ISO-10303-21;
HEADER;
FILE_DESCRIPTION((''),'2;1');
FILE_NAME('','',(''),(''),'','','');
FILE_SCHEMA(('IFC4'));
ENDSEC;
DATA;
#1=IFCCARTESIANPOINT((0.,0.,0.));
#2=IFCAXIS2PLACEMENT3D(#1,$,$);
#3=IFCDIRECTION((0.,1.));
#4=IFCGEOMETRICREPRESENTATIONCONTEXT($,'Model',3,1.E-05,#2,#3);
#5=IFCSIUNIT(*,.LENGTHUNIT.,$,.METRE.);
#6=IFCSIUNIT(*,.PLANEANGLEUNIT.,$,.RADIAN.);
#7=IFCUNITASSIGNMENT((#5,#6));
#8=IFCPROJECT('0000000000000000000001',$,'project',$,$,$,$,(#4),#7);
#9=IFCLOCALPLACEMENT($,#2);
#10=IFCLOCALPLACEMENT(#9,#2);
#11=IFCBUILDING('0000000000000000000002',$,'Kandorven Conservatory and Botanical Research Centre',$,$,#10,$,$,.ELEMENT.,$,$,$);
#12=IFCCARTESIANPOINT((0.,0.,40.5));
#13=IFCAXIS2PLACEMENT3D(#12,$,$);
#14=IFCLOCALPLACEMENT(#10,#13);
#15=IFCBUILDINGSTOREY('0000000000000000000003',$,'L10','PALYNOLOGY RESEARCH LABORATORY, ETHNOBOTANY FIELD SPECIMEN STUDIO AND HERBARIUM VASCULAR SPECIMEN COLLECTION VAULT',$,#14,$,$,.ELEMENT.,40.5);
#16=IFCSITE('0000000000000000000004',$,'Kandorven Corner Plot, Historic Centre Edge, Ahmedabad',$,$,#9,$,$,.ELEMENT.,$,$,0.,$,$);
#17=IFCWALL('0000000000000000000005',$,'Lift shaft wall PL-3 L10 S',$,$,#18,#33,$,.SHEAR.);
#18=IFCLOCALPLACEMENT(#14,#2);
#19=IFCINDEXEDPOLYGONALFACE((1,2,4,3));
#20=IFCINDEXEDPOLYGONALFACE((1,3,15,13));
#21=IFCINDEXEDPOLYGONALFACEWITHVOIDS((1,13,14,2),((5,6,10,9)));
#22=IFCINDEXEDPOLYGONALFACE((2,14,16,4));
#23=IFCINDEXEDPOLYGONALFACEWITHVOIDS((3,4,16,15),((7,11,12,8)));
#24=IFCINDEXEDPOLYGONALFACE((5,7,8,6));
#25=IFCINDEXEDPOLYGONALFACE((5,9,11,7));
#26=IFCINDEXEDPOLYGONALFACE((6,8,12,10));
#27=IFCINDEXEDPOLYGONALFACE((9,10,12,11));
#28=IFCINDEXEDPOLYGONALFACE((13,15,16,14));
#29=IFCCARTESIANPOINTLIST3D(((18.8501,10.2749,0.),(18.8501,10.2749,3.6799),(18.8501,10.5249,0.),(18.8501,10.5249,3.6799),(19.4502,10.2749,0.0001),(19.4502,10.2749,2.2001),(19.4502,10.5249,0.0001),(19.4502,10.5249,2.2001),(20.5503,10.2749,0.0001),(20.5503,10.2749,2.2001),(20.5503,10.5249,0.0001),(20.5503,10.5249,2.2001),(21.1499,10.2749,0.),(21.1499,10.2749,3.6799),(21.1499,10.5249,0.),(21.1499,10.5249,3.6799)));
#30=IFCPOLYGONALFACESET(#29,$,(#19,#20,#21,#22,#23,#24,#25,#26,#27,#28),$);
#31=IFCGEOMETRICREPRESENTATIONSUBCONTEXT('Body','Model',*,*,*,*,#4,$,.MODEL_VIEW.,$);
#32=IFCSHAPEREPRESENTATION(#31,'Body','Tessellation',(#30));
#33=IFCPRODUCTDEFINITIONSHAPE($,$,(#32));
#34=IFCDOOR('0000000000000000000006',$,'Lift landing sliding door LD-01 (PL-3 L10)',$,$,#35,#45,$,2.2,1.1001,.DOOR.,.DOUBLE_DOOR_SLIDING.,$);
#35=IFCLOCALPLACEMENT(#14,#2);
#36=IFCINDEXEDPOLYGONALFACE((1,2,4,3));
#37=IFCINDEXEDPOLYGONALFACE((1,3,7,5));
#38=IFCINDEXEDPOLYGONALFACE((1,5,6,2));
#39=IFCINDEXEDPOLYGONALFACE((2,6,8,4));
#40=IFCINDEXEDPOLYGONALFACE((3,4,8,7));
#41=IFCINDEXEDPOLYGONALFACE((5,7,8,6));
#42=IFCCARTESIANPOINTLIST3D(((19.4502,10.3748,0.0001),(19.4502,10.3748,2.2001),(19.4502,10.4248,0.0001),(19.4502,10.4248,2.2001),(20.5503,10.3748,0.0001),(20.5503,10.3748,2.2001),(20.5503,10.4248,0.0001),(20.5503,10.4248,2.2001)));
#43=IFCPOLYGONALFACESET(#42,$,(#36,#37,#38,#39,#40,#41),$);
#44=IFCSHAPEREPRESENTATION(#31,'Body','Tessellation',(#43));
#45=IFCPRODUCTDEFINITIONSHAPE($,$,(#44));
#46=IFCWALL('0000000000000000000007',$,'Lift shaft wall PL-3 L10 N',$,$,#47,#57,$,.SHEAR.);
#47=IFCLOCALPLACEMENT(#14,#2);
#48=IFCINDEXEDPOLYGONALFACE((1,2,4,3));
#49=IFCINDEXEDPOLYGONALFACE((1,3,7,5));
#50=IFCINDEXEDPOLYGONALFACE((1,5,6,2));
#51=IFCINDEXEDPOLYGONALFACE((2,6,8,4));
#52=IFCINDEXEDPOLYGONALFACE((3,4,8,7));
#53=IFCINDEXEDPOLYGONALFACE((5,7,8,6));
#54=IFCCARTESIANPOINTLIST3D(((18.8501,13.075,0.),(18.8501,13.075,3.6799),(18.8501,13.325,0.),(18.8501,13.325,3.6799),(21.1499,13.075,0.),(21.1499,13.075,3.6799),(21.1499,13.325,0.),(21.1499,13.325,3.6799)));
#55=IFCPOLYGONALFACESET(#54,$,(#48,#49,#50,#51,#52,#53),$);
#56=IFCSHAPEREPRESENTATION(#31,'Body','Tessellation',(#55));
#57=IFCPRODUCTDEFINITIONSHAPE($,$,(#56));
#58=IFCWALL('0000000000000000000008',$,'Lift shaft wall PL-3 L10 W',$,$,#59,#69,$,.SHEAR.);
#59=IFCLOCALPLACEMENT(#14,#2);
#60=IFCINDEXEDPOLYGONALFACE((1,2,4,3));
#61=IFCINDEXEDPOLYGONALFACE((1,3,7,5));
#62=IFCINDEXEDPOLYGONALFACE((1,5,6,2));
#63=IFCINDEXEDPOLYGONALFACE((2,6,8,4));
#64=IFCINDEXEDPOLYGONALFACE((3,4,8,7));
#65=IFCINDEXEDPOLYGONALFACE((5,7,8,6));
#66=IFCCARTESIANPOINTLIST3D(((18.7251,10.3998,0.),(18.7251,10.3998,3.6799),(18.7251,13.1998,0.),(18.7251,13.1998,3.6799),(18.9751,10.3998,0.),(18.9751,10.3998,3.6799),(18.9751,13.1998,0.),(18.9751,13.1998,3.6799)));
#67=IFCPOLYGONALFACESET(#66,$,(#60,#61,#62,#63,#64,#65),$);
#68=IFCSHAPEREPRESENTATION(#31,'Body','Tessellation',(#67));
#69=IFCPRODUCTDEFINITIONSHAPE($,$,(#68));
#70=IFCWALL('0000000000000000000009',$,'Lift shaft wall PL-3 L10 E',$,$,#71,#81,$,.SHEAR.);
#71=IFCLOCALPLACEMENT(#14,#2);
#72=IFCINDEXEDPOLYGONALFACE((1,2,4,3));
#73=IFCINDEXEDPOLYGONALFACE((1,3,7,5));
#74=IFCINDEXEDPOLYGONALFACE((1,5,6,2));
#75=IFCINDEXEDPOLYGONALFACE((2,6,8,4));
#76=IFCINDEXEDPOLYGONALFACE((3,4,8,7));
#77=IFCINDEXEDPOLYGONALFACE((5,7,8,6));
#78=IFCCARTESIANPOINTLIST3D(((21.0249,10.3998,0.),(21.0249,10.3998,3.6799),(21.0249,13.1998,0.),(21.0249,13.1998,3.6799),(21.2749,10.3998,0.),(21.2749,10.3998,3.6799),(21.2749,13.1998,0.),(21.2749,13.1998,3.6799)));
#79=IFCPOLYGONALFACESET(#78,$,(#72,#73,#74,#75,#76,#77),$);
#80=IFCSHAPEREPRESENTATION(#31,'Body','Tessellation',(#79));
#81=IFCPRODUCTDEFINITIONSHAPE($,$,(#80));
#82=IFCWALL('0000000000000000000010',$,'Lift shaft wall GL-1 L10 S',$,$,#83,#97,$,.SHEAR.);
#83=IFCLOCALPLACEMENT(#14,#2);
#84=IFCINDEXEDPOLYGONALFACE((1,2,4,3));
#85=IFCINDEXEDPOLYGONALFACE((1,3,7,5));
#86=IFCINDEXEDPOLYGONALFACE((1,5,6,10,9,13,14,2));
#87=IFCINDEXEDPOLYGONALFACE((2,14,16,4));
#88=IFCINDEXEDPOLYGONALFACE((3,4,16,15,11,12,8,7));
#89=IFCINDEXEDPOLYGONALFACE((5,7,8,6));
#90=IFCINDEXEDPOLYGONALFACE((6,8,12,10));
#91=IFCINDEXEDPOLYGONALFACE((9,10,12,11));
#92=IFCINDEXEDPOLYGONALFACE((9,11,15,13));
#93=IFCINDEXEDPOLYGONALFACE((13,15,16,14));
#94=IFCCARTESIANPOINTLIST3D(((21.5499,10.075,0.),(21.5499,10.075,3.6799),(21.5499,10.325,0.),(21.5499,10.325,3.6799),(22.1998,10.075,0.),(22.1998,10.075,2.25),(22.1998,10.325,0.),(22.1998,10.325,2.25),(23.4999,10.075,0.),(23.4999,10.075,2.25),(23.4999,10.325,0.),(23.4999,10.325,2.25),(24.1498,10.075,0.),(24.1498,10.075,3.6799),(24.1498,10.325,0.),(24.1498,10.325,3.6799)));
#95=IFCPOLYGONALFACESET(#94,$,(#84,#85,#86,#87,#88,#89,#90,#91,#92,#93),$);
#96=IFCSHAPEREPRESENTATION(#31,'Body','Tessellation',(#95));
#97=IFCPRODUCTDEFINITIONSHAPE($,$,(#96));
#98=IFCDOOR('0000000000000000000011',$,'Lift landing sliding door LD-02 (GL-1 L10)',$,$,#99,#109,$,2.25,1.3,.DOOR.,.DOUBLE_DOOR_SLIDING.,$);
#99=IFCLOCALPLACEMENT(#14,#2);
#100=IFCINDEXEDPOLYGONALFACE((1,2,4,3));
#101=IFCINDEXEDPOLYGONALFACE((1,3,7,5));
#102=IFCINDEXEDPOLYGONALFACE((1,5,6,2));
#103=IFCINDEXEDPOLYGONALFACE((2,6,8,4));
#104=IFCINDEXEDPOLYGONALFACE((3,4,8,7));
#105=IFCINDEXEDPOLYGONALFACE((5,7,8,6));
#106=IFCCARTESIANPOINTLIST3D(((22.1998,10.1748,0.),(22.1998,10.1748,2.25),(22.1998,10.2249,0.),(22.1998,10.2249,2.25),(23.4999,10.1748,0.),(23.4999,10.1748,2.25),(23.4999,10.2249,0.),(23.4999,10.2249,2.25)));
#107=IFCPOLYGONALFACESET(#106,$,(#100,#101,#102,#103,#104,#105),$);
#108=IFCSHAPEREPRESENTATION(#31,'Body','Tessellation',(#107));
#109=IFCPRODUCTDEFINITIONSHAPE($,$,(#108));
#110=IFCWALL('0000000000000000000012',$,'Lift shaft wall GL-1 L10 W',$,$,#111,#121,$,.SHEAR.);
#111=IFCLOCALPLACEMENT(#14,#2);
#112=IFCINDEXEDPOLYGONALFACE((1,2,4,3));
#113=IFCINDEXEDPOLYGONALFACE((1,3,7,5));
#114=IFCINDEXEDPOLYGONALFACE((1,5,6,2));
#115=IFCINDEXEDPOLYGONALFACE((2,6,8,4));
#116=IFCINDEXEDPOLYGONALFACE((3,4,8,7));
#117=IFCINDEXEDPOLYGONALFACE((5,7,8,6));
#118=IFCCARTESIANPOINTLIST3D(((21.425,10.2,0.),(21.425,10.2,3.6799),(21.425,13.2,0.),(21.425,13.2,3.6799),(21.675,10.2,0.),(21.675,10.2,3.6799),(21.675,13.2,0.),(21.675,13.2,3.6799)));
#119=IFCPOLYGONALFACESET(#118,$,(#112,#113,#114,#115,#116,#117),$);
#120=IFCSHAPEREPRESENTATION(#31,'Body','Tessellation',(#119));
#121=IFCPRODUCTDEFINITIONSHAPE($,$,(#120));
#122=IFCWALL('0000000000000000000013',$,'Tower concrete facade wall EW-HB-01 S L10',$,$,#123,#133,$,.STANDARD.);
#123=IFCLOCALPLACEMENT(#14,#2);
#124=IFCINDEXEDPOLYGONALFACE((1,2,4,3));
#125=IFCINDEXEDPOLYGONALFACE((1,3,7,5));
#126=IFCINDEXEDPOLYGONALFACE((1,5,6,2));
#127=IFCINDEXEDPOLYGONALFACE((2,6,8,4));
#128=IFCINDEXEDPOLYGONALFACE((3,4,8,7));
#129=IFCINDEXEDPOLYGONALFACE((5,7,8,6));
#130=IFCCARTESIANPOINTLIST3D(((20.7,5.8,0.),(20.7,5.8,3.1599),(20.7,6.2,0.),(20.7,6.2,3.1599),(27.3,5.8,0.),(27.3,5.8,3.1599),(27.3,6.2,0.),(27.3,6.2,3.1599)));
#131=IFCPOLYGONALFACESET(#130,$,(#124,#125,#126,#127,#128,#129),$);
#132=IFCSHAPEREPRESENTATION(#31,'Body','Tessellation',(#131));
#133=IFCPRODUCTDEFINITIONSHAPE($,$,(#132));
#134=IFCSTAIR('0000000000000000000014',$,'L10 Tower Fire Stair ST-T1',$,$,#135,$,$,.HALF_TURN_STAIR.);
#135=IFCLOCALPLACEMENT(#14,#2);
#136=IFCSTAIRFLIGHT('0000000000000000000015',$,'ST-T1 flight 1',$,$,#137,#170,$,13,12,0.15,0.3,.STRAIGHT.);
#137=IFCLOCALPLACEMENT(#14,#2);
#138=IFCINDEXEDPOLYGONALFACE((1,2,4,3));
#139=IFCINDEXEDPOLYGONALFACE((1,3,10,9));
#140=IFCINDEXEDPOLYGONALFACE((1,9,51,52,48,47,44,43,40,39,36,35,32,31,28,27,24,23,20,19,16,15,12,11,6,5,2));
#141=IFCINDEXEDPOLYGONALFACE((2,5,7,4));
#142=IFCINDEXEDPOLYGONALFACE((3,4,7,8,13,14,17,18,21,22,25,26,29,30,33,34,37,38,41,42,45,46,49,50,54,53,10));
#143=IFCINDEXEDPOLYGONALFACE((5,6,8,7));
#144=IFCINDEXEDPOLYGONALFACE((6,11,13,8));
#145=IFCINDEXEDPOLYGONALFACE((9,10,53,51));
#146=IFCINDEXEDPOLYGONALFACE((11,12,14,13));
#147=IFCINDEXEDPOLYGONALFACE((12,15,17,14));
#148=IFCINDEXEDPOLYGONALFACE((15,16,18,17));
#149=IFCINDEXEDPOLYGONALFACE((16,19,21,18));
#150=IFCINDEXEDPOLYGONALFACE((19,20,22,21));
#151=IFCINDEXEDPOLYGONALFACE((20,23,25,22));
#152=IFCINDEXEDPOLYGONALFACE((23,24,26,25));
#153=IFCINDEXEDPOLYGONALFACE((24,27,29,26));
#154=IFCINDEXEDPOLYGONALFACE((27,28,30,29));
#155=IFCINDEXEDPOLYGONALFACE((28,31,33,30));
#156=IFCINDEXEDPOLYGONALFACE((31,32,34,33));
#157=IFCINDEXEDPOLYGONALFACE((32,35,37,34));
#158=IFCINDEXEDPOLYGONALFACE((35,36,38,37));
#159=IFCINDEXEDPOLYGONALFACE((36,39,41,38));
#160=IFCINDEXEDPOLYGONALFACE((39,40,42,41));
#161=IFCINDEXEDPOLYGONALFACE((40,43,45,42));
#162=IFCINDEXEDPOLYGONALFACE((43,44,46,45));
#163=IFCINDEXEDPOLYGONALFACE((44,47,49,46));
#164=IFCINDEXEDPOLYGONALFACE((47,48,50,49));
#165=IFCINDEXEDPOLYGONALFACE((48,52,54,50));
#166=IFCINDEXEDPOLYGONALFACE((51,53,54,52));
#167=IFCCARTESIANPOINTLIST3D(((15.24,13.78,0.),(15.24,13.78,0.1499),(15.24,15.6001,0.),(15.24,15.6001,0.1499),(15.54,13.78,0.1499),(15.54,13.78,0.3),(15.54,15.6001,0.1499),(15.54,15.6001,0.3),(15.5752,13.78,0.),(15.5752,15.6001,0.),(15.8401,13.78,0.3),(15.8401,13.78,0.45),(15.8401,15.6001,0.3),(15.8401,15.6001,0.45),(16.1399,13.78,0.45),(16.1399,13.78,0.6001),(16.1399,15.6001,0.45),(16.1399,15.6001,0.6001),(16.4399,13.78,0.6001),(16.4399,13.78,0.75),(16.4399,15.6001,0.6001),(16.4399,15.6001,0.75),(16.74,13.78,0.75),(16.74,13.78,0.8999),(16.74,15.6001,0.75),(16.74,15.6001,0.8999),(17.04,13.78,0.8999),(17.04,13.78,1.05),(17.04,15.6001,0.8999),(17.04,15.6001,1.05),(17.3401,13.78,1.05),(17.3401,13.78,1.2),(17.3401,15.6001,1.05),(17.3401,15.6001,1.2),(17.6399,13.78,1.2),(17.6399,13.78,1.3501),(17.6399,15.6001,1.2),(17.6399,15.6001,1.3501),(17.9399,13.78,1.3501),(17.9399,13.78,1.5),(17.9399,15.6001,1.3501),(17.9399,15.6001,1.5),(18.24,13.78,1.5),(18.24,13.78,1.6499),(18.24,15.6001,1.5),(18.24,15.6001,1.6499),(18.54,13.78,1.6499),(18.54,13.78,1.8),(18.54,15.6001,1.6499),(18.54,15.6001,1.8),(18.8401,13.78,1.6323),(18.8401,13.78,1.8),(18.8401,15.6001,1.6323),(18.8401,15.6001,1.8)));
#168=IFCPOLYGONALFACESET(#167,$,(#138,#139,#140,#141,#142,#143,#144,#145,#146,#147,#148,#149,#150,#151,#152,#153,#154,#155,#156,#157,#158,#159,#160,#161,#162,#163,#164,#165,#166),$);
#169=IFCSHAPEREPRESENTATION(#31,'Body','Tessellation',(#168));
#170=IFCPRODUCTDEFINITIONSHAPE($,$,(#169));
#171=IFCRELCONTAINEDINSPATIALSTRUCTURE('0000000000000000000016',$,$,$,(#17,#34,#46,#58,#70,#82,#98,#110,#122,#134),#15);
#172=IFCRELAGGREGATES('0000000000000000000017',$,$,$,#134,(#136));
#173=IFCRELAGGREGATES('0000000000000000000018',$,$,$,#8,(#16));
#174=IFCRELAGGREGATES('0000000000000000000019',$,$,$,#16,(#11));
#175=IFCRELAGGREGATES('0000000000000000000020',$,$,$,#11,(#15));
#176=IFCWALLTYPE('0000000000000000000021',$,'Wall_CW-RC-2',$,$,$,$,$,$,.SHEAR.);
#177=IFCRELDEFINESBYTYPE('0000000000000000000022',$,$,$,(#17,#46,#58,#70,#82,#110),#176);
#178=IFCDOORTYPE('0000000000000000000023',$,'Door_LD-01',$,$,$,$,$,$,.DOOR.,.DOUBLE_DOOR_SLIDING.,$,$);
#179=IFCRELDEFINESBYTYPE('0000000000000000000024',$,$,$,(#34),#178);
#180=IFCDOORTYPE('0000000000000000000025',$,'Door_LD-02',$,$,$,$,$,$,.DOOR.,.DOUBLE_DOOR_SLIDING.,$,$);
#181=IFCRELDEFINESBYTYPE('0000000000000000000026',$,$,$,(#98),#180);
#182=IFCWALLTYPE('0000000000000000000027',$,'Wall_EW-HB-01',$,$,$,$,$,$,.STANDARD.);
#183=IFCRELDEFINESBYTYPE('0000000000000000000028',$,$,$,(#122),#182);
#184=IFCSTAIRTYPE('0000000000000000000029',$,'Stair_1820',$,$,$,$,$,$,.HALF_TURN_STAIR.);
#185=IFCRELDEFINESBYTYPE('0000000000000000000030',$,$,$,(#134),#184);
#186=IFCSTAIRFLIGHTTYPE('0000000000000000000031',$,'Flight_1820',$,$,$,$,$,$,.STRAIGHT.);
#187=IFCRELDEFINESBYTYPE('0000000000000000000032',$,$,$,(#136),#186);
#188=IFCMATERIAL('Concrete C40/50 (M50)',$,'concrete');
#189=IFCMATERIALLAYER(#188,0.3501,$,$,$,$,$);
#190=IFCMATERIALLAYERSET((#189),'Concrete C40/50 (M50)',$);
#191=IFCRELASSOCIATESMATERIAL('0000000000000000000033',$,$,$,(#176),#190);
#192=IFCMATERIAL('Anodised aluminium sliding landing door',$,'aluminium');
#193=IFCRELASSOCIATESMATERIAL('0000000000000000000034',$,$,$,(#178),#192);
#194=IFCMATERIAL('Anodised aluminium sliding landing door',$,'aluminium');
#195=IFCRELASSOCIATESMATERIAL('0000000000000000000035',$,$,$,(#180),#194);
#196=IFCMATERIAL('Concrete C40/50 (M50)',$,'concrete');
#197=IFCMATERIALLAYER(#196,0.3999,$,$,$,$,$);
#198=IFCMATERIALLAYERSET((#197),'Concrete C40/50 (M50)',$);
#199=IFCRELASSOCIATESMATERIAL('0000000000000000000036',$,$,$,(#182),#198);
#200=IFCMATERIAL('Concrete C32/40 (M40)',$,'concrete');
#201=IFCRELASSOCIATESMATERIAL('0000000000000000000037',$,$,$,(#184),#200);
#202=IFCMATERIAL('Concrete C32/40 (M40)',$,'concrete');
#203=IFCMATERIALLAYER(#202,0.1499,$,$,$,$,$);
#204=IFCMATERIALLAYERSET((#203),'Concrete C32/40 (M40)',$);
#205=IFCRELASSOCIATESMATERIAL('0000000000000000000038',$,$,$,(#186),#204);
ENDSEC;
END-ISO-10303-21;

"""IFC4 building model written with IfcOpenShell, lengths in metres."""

from ifc_helpers import new_model, si_unit, direction, frame, frame_2d, origin, place, context, subcontext, project, spatial, polyline, rectangle, outline, extrude, material, layer, layer_set, type_object, element, fill, aggregate, save


model = new_model("IFC4")

# Units and contexts
model_context = context("Model", 3, precision=1e-05, world=origin(), true_north=direction((0.0, 1.0)))
body_context = subcontext(model_context, "Body", "Model", "MODEL_VIEW")
ifc_project = project(units=[si_unit("LENGTHUNIT", "METRE"), si_unit("PLANEANGLEUNIT", "RADIAN")], contexts=[model_context])

# Site, building, storey
site_placement = place(None, origin())
site = spatial("IfcSite", under=ifc_project, at=site_placement, Name="Kandorven Corner Plot, Historic Centre Edge, Ahmedabad", CompositionType="ELEMENT", RefElevation=0.0)
building_placement = place(site_placement, origin())
building = spatial("IfcBuilding", under=site, at=building_placement, Name="Kandorven Conservatory and Botanical Research Centre", CompositionType="ELEMENT")
storey_placement = place(building_placement, frame((0.0, 0.0, 40.5)))
storey = spatial("IfcBuildingStorey", under=building, at=storey_placement, Name="L10", Description="PALYNOLOGY RESEARCH LABORATORY, ETHNOBOTANY FIELD SPECIMEN STUDIO AND HERBARIUM VASCULAR SPECIMEN COLLECTION VAULT", CompositionType="ELEMENT", Elevation=40.5)

# Shared definitions
ifc_material_1 = material(Name="Concrete C40/50 (M50)", Category="concrete")
ifc_layer_1 = layer(ifc_material_1, 0.3501)
ifc_layer_set_1 = layer_set([ifc_layer_1], Name="Concrete C40/50 (M50)")
wall_type_1 = type_object("IfcWallType", Name="Wall_CW-RC-2", PredefinedType="SHEAR", material=ifc_layer_set_1)

# Shared definitions
ifc_material_2 = material(Name="Anodised aluminium sliding landing door", Category="aluminium")
door_type_1 = type_object("IfcDoorType", Name="Door_LD-01", OperationType="DOUBLE_DOOR_SLIDING", PredefinedType="DOOR", material=ifc_material_2)

# Wall, opening, door
wall_1_placement = place(storey_placement, frame((18.8501, 10.3999, 0.0), z_axis=(0.0, 0.0, 1.0), x_axis=(1.0, 0.0, 0.0)))
wall_1 = element("IfcWall", 1, at=wall_1_placement, inside=storey, type_object=wall_type_1, Name="Lift shaft wall PL-3 L10 S", PredefinedType="SHEAR", context=body_context, shape_type="SweptSolid", body=[
    extrude(rectangle(XDim=2.2998, YDim=0.25, at=frame_2d((1.1499, 0.0))), origin(), (0.0, 0.0, 1.0), 3.6799),
])
opening_1_placement = place(wall_1_placement, frame((0.6001, 0.0, 0.0)))
opening_1 = element("IfcOpeningElement", 2, at=opening_1_placement, cuts=wall_1, PredefinedType="OPENING", context=body_context, shape_type="SweptSolid", body=[
    extrude(rectangle(XDim=1.1001, YDim=2.2, at=frame_2d((0.55, 1.1001))), frame((0.0, 0.135, 0.0), z_axis=(0.0, -1.0, 0.0), x_axis=(1.0, 0.0, 0.0)), (0.0, 0.0, 1.0), 0.27),
])
door_1_placement = place(opening_1_placement, origin())
door_1 = element("IfcDoor", 3, at=door_1_placement, inside=storey, type_object=door_type_1, Name="Lift landing sliding door LD-01 (PL-3 L10)", OperationType="DOUBLE_DOOR_SLIDING", OverallHeight=2.2, OverallWidth=1.1001, PredefinedType="DOOR", context=body_context, shape_type="SweptSolid", body=[
    extrude(rectangle(XDim=1.1001, YDim=2.2, at=frame_2d((0.55, 1.1001))), frame((0.0, 0.0249, 0.0), z_axis=(0.0, -1.0, 0.0), x_axis=(1.0, 0.0, 0.0)), (0.0, 0.0, 1.0), 0.05),
])
fill(opening_1, door_1)

# Walls
wall_2_placement = place(storey_placement, frame((18.8501, 13.2, 0.0), z_axis=(0.0, 0.0, 1.0), x_axis=(1.0, 0.0, 0.0)))
element("IfcWall", 4, at=wall_2_placement, inside=storey, type_object=wall_type_1, Name="Lift shaft wall PL-3 L10 N", PredefinedType="SHEAR", context=body_context, shape_type="SweptSolid", body=[
    extrude(rectangle(XDim=2.2998, YDim=0.25, at=frame_2d((1.1499, 0.0))), origin(), (0.0, 0.0, 1.0), 3.6799),
])
for number, where, z_axis, x_axis, name in (
    (5, (18.8501, 10.3999, 0.0), (0.0, 0.0, 1.0), (0.0, 1.0, 0.0), "Lift shaft wall PL-3 L10 W"),
    (6, (21.1499, 10.3999, 0.0), (0.0, 0.0, 1.0), (0.0, 1.0, 0.0), "Lift shaft wall PL-3 L10 E"),
):
    element("IfcWall", number, at=place(storey_placement, frame(where, z_axis=z_axis, x_axis=x_axis)), inside=storey, type_object=wall_type_1, Name=name, PredefinedType="SHEAR", context=body_context, shape_type="SweptSolid", body=[
        extrude(rectangle(XDim=2.8, YDim=0.25, at=frame_2d((1.3999, 0.0))), origin(), (0.0, 0.0, 1.0), 3.6799),
    ])

# Wall, opening, door
wall_3_placement = place(storey_placement, frame((21.55, 10.2, 0.0), z_axis=(0.0, 0.0, 1.0), x_axis=(1.0, 0.0, 0.0)))
wall_3 = element("IfcWall", 7, at=wall_3_placement, inside=storey, type_object=wall_type_1, Name="Lift shaft wall GL-1 L10 S", PredefinedType="SHEAR", context=body_context, shape_type="SweptSolid", body=[
    extrude(rectangle(XDim=2.5999, YDim=0.25, at=frame_2d((1.2998, 0.0))), origin(), (0.0, 0.0, 1.0), 3.6799),
])
opening_2_placement = place(wall_3_placement, frame((0.6499, 0.0, 0.0)))
opening_2 = element("IfcOpeningElement", 8, at=opening_2_placement, cuts=wall_3, PredefinedType="OPENING", context=body_context, shape_type="SweptSolid", body=[
    extrude(rectangle(XDim=1.3, YDim=2.25, at=frame_2d((0.6499, 1.125))), frame((0.0, 0.135, 0.0), z_axis=(0.0, -1.0, 0.0), x_axis=(1.0, 0.0, 0.0)), (0.0, 0.0, 1.0), 0.27),
])
ifc_material_3 = material(Name="Anodised aluminium sliding landing door", Category="aluminium")
door_type_2 = type_object("IfcDoorType", Name="Door_LD-02", OperationType="DOUBLE_DOOR_SLIDING", PredefinedType="DOOR", material=ifc_material_3)
door_2_placement = place(opening_2_placement, origin())
door_2 = element("IfcDoor", 9, at=door_2_placement, inside=storey, type_object=door_type_2, Name="Lift landing sliding door LD-02 (GL-1 L10)", OperationType="DOUBLE_DOOR_SLIDING", OverallHeight=2.25, OverallWidth=1.3, PredefinedType="DOOR", context=body_context, shape_type="SweptSolid", body=[
    extrude(rectangle(XDim=1.3, YDim=2.25, at=frame_2d((0.6499, 1.125))), frame((0.0, 0.0249, 0.0), z_axis=(0.0, -1.0, 0.0), x_axis=(1.0, 0.0, 0.0)), (0.0, 0.0, 1.0), 0.05),
])
fill(opening_2, door_2)

# Walls
wall_4_placement = place(storey_placement, frame((21.55, 10.2, 0.0), z_axis=(0.0, 0.0, 1.0), x_axis=(0.0, 1.0, 0.0)))
element("IfcWall", 10, at=wall_4_placement, inside=storey, type_object=wall_type_1, Name="Lift shaft wall GL-1 L10 W", PredefinedType="SHEAR", context=body_context, shape_type="SweptSolid", body=[
    extrude(rectangle(XDim=3.0, YDim=0.25, at=frame_2d((1.5, 0.0))), origin(), (0.0, 0.0, 1.0), 3.6799),
])
ifc_material_4 = material(Name="Concrete C40/50 (M50)", Category="concrete")
ifc_layer_2 = layer(ifc_material_4, 0.3999)
ifc_layer_set_2 = layer_set([ifc_layer_2], Name="Concrete C40/50 (M50)")
wall_type_2 = type_object("IfcWallType", Name="Wall_EW-HB-01", PredefinedType="STANDARD", material=ifc_layer_set_2)
wall_5_placement = place(storey_placement, frame((20.7, 6.0, 0.0), z_axis=(0.0, 0.0, 1.0), x_axis=(1.0, 0.0, 0.0)))
element("IfcWall", 11, at=wall_5_placement, inside=storey, type_object=wall_type_2, Name="Tower concrete facade wall EW-HB-01 S L10", PredefinedType="STANDARD", context=body_context, shape_type="SweptSolid", body=[
    extrude(rectangle(XDim=6.6001, YDim=0.3999, at=frame_2d((3.3, 0.0))), origin(), (0.0, 0.0, 1.0), 3.1599),
])

# Stair, stair flight
ifc_material_5 = material(Name="Concrete C32/40 (M40)", Category="concrete")
stair_type = type_object("IfcStairType", Name="Stair_1820", PredefinedType="HALF_TURN_STAIR", material=ifc_material_5)
stair_placement = place(storey_placement, origin())
stair = element("IfcStair", 12, at=stair_placement, inside=storey, type_object=stair_type, Name="L10 Tower Fire Stair ST-T1", PredefinedType="HALF_TURN_STAIR")
ifc_material_6 = material(Name="Concrete C32/40 (M40)", Category="concrete")
ifc_layer_3 = layer(ifc_material_6, 0.1499)
ifc_layer_set_3 = layer_set([ifc_layer_3], Name="Concrete C32/40 (M40)")
stair_flight_type = type_object("IfcStairFlightType", Name="Flight_1820", PredefinedType="STRAIGHT", material=ifc_layer_set_3)
stair_flight_1_placement = place(storey_placement, frame((15.24, 14.6899, 0.0), z_axis=(0.0, 0.0, 1.0), x_axis=(1.0, 0.0, 0.0)))
stair_flight_1 = element("IfcStairFlight", 13, at=stair_flight_1_placement, type_object=stair_flight_type, Name="ST-T1 flight 1", NumberOfRisers=13, NumberOfTreads=12, PredefinedType="STRAIGHT", RiserHeight=0.15, TreadLength=0.3, context=body_context, shape_type="SweptSolid", body=[
    extrude(outline(polyline([(0.0, 0.0), (0.0, 0.1499), (0.3, 0.1499), (0.3, 0.3), (0.6001, 0.3), (0.6001, 0.45), (0.8999, 0.45), (0.8999, 0.6001), (1.2, 0.6001), (1.2, 0.75), (1.5, 0.75), (1.5, 0.8999), (1.8, 0.8999), (1.8, 1.05), (2.1001, 1.05), (2.1001, 1.2), (2.3999, 1.2), (2.3999, 1.3501), (2.7, 1.3501), (2.7, 1.5), (3.0, 1.5), (3.0, 1.6499), (3.3, 1.6499), (3.3, 1.8), (3.6001, 1.8), (3.6001, 1.95), (3.6001, 1.6323), (0.3352, 0.0), (0.0, 0.0)])), frame((0.0, 0.9102, 0.0), z_axis=(0.0, -1.0, 0.0), x_axis=(1.0, 0.0, 0.0)), (0.0, 0.0, 1.0), 1.8201),
])
aggregate(stair, [stair_flight_1])

save(model, "model.ifc")
